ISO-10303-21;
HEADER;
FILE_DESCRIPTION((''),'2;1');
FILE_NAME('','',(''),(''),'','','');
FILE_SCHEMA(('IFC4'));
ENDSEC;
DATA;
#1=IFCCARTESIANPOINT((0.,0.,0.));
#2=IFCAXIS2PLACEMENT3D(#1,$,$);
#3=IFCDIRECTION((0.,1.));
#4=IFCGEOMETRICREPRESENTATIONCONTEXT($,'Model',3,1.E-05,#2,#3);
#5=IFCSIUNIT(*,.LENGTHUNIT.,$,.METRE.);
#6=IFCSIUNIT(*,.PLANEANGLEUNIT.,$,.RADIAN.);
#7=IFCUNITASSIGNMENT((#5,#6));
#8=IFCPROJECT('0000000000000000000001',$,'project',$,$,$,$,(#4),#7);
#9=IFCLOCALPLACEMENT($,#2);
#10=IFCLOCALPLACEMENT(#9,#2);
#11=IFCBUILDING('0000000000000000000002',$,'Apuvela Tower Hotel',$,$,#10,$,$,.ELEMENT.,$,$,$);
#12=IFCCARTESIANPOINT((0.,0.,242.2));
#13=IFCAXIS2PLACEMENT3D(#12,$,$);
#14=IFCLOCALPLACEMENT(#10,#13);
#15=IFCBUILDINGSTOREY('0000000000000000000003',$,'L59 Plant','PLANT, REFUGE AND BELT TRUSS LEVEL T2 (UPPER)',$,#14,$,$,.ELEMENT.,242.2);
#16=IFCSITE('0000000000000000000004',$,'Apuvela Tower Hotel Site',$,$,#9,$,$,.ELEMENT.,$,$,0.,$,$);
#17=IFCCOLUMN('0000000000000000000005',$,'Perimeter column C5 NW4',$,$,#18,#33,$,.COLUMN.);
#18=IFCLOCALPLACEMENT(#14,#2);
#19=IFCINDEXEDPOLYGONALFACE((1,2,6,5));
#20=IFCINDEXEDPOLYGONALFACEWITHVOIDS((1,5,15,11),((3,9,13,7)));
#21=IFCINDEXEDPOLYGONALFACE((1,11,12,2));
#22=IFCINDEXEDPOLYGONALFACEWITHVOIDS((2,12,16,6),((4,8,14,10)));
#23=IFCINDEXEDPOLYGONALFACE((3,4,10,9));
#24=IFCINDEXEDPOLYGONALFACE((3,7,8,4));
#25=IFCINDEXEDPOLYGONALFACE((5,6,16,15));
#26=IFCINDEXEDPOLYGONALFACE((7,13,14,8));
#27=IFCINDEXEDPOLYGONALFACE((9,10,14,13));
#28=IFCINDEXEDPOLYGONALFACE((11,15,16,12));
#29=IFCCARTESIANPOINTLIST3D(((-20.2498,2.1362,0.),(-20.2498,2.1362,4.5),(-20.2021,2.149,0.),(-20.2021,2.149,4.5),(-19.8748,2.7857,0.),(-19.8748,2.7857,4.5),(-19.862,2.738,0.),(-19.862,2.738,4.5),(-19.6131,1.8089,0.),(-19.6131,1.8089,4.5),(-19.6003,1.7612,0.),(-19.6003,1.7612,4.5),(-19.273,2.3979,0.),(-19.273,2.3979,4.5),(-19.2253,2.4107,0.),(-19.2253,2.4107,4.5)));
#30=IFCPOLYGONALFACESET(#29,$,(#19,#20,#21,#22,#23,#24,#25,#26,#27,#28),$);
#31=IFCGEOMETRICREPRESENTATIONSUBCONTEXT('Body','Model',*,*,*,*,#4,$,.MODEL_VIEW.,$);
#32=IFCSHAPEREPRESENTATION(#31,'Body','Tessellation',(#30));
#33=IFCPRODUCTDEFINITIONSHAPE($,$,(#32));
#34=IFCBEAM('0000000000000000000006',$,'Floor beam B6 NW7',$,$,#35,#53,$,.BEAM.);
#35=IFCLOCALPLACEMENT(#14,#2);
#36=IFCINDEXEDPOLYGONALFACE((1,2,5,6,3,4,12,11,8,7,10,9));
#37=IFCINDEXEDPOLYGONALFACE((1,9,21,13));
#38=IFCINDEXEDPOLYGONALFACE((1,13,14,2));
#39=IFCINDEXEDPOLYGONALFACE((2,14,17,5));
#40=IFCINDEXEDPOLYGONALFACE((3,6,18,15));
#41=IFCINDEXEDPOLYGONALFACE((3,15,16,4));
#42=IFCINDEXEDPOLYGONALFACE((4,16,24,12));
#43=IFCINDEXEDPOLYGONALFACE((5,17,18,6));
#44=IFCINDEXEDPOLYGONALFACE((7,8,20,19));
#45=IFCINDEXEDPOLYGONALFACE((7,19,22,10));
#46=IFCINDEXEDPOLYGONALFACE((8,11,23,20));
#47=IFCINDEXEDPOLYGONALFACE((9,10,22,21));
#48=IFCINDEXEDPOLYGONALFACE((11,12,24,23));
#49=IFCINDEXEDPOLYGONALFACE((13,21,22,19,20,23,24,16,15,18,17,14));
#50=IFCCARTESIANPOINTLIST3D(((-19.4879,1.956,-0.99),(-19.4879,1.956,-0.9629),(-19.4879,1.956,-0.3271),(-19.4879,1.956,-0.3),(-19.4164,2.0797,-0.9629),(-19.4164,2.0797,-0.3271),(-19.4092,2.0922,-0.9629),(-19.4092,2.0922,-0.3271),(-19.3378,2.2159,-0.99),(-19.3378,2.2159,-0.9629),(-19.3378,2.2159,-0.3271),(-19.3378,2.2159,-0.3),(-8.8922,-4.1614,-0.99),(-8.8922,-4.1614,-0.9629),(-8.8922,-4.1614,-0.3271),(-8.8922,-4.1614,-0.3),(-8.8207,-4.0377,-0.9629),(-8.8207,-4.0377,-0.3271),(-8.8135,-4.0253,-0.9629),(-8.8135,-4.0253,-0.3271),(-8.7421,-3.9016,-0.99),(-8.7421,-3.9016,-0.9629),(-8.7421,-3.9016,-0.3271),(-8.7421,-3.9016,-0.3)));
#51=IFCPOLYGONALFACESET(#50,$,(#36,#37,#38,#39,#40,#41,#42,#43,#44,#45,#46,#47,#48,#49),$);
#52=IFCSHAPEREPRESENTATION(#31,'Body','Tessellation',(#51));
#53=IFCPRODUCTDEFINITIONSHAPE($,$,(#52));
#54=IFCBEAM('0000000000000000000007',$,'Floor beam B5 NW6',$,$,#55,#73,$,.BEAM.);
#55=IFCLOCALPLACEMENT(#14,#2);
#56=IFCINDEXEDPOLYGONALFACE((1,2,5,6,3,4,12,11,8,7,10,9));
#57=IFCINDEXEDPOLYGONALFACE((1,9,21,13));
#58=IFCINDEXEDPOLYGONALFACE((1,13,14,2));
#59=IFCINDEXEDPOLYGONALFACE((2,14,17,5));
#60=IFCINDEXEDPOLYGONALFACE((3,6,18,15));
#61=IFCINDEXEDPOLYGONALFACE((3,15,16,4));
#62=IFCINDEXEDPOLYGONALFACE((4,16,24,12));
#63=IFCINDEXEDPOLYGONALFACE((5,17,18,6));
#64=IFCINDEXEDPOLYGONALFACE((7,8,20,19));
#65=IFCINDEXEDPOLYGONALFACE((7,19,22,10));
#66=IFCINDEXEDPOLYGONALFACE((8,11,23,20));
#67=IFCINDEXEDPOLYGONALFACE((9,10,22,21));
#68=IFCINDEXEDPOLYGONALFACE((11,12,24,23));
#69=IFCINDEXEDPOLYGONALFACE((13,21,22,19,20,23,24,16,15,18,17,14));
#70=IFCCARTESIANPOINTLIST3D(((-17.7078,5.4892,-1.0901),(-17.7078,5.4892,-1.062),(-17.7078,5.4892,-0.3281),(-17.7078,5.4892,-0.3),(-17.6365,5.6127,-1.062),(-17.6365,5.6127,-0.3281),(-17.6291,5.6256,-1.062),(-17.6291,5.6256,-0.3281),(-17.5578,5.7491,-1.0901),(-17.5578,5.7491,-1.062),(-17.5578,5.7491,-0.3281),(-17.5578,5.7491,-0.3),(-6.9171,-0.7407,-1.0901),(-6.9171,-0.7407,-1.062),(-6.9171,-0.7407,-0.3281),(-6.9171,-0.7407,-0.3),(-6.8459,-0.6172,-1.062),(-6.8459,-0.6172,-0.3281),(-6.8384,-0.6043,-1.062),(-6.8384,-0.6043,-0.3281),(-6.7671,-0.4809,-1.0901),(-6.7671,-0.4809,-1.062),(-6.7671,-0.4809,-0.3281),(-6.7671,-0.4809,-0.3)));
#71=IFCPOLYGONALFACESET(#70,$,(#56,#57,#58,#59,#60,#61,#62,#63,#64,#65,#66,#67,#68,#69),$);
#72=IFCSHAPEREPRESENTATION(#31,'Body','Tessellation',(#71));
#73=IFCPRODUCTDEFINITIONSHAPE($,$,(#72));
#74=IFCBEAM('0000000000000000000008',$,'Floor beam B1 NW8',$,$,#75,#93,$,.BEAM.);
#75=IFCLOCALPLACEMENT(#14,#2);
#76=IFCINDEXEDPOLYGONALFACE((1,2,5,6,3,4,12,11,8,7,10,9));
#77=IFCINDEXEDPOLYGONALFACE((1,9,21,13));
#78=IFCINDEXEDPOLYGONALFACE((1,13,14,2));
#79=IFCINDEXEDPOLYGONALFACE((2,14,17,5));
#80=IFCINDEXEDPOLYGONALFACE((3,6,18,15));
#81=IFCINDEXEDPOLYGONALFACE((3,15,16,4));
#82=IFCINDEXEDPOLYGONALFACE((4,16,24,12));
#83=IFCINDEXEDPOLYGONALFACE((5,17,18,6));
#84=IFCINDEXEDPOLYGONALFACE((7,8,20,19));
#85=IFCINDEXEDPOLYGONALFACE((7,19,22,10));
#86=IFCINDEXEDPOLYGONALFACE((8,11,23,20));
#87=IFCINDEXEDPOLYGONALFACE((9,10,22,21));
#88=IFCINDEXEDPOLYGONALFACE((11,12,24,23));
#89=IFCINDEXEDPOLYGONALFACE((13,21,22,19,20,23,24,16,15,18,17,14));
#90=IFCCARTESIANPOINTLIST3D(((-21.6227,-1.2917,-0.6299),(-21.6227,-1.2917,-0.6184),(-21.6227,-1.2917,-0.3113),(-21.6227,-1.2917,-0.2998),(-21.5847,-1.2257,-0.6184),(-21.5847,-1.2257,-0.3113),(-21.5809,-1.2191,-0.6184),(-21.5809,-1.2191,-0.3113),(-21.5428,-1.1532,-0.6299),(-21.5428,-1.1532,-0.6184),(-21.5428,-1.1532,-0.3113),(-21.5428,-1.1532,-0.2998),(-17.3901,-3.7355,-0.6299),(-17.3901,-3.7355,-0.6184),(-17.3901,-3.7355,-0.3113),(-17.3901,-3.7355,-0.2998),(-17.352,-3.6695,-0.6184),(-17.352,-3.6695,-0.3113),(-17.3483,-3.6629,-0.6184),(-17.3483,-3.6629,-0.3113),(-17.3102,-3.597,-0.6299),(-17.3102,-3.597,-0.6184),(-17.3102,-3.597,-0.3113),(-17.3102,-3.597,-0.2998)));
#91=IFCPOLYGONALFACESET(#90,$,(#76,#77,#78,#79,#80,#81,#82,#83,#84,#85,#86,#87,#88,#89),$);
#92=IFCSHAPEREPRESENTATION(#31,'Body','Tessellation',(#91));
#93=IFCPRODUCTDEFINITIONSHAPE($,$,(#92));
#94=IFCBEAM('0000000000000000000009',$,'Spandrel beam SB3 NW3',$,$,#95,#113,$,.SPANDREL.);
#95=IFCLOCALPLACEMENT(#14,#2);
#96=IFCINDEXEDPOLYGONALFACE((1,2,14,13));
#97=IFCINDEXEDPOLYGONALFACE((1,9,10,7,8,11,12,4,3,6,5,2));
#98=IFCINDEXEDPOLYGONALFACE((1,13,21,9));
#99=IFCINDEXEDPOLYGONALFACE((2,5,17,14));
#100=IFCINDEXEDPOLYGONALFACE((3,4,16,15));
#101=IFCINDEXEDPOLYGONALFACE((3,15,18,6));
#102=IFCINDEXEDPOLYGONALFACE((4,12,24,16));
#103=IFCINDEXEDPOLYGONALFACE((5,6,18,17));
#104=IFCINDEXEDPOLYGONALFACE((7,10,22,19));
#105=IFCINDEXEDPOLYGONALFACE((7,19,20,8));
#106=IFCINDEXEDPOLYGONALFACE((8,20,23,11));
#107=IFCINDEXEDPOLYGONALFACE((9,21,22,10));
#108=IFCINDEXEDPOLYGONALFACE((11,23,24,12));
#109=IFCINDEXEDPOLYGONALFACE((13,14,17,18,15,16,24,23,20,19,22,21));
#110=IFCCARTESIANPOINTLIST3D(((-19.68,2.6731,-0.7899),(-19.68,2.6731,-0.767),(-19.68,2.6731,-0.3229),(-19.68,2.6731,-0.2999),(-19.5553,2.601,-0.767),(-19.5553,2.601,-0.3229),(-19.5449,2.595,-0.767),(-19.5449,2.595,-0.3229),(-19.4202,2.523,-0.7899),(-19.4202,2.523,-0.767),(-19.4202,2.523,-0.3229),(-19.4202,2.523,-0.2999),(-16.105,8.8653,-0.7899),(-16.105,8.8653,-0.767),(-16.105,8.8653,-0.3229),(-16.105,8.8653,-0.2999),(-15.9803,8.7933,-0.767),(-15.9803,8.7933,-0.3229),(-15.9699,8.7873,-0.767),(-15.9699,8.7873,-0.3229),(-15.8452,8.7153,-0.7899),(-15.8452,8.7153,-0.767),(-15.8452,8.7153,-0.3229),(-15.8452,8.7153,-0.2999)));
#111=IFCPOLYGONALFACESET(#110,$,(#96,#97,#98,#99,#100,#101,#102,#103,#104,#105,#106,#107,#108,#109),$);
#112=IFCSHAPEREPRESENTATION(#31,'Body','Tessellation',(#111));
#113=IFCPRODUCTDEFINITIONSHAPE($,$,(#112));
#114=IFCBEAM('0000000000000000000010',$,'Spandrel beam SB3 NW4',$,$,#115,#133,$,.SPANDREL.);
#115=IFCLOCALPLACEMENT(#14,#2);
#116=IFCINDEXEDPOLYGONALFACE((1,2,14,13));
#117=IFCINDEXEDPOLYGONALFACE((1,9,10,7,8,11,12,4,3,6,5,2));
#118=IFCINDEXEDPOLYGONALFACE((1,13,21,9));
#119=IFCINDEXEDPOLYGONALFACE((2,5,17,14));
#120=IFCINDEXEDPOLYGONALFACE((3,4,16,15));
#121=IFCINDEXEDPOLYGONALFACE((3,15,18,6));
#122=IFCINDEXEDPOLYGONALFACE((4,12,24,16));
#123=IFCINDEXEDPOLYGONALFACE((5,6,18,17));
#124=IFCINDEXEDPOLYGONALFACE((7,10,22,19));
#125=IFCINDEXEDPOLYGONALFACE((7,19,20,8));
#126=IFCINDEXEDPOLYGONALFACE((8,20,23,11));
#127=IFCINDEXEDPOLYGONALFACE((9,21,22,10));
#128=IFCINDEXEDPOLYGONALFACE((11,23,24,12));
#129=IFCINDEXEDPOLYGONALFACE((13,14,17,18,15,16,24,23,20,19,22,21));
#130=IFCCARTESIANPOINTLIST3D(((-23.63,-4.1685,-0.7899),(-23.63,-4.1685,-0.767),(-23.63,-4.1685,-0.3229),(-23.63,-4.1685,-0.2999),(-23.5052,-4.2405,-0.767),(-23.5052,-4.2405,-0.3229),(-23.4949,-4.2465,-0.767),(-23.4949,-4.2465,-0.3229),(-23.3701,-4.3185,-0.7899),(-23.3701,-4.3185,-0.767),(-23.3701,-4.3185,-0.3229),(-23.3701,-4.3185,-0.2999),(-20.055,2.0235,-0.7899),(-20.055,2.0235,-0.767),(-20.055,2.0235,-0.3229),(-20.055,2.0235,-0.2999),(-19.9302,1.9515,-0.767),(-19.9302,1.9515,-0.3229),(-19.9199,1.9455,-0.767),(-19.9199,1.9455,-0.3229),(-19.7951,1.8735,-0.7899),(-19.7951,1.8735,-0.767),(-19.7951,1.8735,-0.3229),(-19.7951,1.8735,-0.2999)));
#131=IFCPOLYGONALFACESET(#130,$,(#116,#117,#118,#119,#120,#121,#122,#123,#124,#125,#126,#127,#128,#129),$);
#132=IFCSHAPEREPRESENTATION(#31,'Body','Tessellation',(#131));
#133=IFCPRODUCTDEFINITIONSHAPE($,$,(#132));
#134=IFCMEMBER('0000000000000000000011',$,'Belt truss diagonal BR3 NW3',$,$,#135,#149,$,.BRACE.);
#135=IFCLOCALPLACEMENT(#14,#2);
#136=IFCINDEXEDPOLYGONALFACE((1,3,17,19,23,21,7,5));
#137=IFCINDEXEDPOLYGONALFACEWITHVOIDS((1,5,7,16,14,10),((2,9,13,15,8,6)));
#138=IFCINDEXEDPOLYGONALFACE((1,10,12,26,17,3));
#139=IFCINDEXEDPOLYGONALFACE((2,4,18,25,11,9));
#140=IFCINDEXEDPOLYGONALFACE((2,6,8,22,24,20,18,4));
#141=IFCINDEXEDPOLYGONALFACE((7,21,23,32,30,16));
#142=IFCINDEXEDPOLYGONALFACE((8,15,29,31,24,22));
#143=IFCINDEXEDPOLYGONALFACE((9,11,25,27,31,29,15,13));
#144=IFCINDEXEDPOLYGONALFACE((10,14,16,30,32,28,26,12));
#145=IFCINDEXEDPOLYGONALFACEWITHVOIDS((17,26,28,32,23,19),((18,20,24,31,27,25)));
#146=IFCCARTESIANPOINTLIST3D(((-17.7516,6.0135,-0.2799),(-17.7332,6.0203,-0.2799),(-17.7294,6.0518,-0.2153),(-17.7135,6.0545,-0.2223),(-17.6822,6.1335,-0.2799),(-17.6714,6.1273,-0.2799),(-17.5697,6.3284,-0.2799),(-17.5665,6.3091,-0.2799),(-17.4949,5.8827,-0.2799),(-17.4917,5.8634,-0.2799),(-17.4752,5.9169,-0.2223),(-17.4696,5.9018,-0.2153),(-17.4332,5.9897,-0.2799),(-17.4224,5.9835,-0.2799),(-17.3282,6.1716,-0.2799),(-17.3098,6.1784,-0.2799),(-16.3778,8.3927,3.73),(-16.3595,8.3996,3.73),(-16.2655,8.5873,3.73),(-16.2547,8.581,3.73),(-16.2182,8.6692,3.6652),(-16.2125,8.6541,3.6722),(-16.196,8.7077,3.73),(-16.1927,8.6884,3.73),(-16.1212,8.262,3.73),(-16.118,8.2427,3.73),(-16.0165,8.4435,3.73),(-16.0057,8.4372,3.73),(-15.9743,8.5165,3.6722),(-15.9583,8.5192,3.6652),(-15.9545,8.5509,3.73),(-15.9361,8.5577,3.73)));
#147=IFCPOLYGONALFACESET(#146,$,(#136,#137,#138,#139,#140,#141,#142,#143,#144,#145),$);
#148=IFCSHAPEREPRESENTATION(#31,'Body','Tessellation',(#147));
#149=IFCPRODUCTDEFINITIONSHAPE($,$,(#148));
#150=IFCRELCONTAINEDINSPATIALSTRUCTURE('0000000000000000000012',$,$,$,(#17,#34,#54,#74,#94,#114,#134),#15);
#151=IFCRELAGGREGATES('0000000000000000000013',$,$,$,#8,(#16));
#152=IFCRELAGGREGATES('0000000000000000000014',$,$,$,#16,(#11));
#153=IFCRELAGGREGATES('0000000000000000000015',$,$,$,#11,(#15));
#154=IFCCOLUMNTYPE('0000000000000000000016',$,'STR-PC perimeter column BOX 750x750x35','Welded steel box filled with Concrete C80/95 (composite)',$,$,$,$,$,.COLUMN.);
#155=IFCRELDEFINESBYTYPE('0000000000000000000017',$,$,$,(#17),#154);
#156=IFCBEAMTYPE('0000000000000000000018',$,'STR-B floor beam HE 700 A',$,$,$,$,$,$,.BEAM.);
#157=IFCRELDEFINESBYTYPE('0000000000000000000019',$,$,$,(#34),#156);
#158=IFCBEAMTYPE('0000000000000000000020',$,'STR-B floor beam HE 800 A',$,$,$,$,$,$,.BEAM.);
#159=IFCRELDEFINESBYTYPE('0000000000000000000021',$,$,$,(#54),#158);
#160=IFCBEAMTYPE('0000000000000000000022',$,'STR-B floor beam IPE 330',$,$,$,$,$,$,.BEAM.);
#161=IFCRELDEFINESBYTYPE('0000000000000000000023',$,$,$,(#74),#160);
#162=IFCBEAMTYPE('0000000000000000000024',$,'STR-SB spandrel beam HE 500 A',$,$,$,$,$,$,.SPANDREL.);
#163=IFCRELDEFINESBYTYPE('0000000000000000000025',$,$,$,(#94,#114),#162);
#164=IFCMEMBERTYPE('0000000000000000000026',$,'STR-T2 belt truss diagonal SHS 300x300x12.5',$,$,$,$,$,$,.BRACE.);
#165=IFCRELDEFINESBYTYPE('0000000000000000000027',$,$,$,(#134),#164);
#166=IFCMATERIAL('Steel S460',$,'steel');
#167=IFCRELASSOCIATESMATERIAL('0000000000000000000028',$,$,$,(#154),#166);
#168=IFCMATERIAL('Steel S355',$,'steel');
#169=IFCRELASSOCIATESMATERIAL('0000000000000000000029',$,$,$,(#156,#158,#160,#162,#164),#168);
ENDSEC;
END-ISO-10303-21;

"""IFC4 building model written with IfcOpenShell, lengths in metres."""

from ifc_helpers import new_model, si_unit, direction, frame, origin, origin_2d, place, context, subcontext, project, spatial, rectangle, hollow_rectangle, i_section, extrude, boolean, halfspace, material, material_profile, profile_set, type_object, element, save


model = new_model("IFC4")

# Units and contexts
model_context = context("Model", 3, precision=1e-05, world=origin(), true_north=direction((0.0, 1.0)))
body_context = subcontext(model_context, "Body", "Model", "MODEL_VIEW")
ifc_project = project(units=[si_unit("LENGTHUNIT", "METRE"), si_unit("PLANEANGLEUNIT", "RADIAN")], contexts=[model_context])

# Site, building, storey
site_placement = place(None, origin())
site = spatial("IfcSite", under=ifc_project, at=site_placement, Name="Apuvela Tower Hotel Site", CompositionType="ELEMENT", RefElevation=0.0)
building_placement = place(site_placement, origin())
building = spatial("IfcBuilding", under=site, at=building_placement, Name="Apuvela Tower Hotel", CompositionType="ELEMENT")
storey_placement = place(building_placement, frame((0.0, 0.0, 242.2)))
storey = spatial("IfcBuildingStorey", under=building, at=storey_placement, Name="L59 Plant", Description="PLANT, REFUGE AND BELT TRUSS LEVEL T2 (UPPER)", CompositionType="ELEMENT", Elevation=242.2)

# Column
ifc_material_1 = material(Name="Steel S460", Category="steel")
ifc_material_profile_1 = material_profile(ifc_material_1, hollow_rectangle(XDim=0.75, YDim=0.75, WallThickness=0.0349, at=origin_2d()), Name="BOX 750x750x35")
ifc_material_2 = material(Name="Concrete C80/95", Category="concrete")
ifc_material_profile_2 = material_profile(ifc_material_2, rectangle(XDim=0.6799, YDim=0.6799, at=origin_2d()), Name="Concrete C80/95 infill")
ifc_profile_set_1 = profile_set([ifc_material_profile_1, ifc_material_profile_2], Name="Steel S460")
column_type = type_object("IfcColumnType", Name="STR-PC perimeter column BOX 750x750x35", Description="Welded steel box filled with Concrete C80/95 (composite)", PredefinedType="COLUMN", material=ifc_profile_set_1)
column_placement = place(storey_placement, frame((-19.7375, 2.2734, 0.0), z_axis=(0.0, 0.0, 1.0), x_axis=(0.5, 0.866025, 0.0)))
element("IfcColumn", 1, at=column_placement, inside=storey, type_object=column_type, Name="Perimeter column C5 NW4", PredefinedType="COLUMN", context=body_context, shape_type="SweptSolid", body=[
    extrude(hollow_rectangle(XDim=0.75, YDim=0.75, WallThickness=0.0349, at=origin_2d()), origin(), (0.0, 0.0, 1.0), 4.5),
])

# Beams
ifc_material_3 = material(Name="Steel S355", Category="steel")
ifc_material_profile_3 = material_profile(ifc_material_3, i_section(OverallWidth=0.3, OverallDepth=0.6899, WebThickness=0.0144, FlangeThickness=0.0271, at=origin_2d()), Name="HE 700 A")
ifc_profile_set_2 = profile_set([ifc_material_profile_3], Name="Steel S355")
beam_type_1 = type_object("IfcBeamType", Name="STR-B floor beam HE 700 A", PredefinedType="BEAM", material=ifc_profile_set_2)
beam_1_placement = place(storey_placement, frame((-19.4128, 2.0859, -0.645), z_axis=(0.866025, -0.5, 0.0), x_axis=(0.5, 0.866025, 0.0)))
element("IfcBeam", 2, at=beam_1_placement, inside=storey, type_object=beam_type_1, Name="Floor beam B6 NW7", PredefinedType="BEAM", context=body_context, shape_type="SweptSolid", body=[
    extrude(i_section(OverallWidth=0.3, OverallDepth=0.6899, WebThickness=0.0144, FlangeThickness=0.0271, at=origin_2d()), origin(), (0.0, 0.0, 1.0), 12.2349),
])
ifc_material_profile_4 = material_profile(ifc_material_3, i_section(OverallWidth=0.3, OverallDepth=0.79, WebThickness=0.0149, FlangeThickness=0.0281, at=origin_2d()), Name="HE 800 A")
ifc_profile_set_3 = profile_set([ifc_material_profile_4], Name="Steel S355")
beam_type_2 = type_object("IfcBeamType", Name="STR-B floor beam HE 800 A", PredefinedType="BEAM", material=ifc_profile_set_3)
beam_2_placement = place(storey_placement, frame((-17.6328, 5.6191, -0.6951), z_axis=(0.866028, -0.499996, 0.0), x_axis=(0.499996, 0.866028, 0.0)))
element("IfcBeam", 3, at=beam_2_placement, inside=storey, type_object=beam_type_2, Name="Floor beam B5 NW6", PredefinedType="BEAM", context=body_context, shape_type="SweptSolid", body=[
    extrude(i_section(OverallWidth=0.3, OverallDepth=0.79, WebThickness=0.0149, FlangeThickness=0.0281, at=origin_2d()), origin(), (0.0, 0.0, 1.0), 12.46),
])
ifc_material_profile_5 = material_profile(ifc_material_3, i_section(OverallWidth=0.1599, OverallDepth=0.3301, WebThickness=0.0076, FlangeThickness=0.0115, at=origin_2d()), Name="IPE 330")
ifc_profile_set_4 = profile_set([ifc_material_profile_5], Name="Steel S355")
beam_type_3 = type_object("IfcBeamType", Name="STR-B floor beam IPE 330", PredefinedType="BEAM", material=ifc_profile_set_4)
beam_3_placement = place(storey_placement, frame((-21.5828, -1.2224, -0.4648), z_axis=(0.866015, -0.500018, 0.0), x_axis=(0.500018, 0.866015, 0.0)))
element("IfcBeam", 4, at=beam_3_placement, inside=storey, type_object=beam_type_3, Name="Floor beam B1 NW8", PredefinedType="BEAM", context=body_context, shape_type="SweptSolid", body=[
    extrude(i_section(OverallWidth=0.1599, OverallDepth=0.3301, WebThickness=0.0076, FlangeThickness=0.0115, at=origin_2d()), origin(), (0.0, 0.0, 1.0), 4.8875),
])
ifc_material_profile_6 = material_profile(ifc_material_3, i_section(OverallWidth=0.3, OverallDepth=0.49, WebThickness=0.012, FlangeThickness=0.0229, at=origin_2d()), Name="HE 500 A")
ifc_profile_set_5 = profile_set([ifc_material_profile_6], Name="Steel S355")
beam_type_4 = type_object("IfcBeamType", Name="STR-SB spandrel beam HE 500 A", PredefinedType="SPANDREL", material=ifc_profile_set_5)
beam_4_placement = place(storey_placement, frame((-15.9751, 8.7903, -0.5449), z_axis=(-0.499991, -0.86603, 0.0), x_axis=(0.86603, -0.499991, 0.0)))
element("IfcBeam", 5, at=beam_4_placement, inside=storey, type_object=beam_type_4, Name="Spandrel beam SB3 NW3", PredefinedType="SPANDREL", context=body_context, shape_type="SweptSolid", body=[
    extrude(i_section(OverallWidth=0.3, OverallDepth=0.49, WebThickness=0.012, FlangeThickness=0.0229, at=origin_2d()), origin(), (0.0, 0.0, 1.0), 7.1501),
])
beam_5_placement = place(storey_placement, frame((-19.925, 1.9485, -0.5449), z_axis=(-0.500006, -0.866022, 0.0), x_axis=(0.866022, -0.500006, 0.0)))
element("IfcBeam", 6, at=beam_5_placement, inside=storey, type_object=beam_type_4, Name="Spandrel beam SB3 NW4", PredefinedType="SPANDREL", context=body_context, shape_type="SweptSolid", body=[
    extrude(i_section(OverallWidth=0.3, OverallDepth=0.49, WebThickness=0.012, FlangeThickness=0.0229, at=origin_2d()), origin(), (0.0, 0.0, 1.0), 7.1499),
])

# Member
ifc_material_profile_7 = material_profile(ifc_material_3, hollow_rectangle(XDim=0.3, YDim=0.3, WallThickness=0.0125, at=origin_2d()), Name="SHS 300x300x12.5")
ifc_profile_set_6 = profile_set([ifc_material_profile_7], Name="Steel S355")
member_type = type_object("IfcMemberType", Name="STR-T2 belt truss diagonal SHS 300x300x12.5", PredefinedType="BRACE", material=ifc_profile_set_6)
member_1_placement = place(storey_placement, frame((-17.5376, 6.084, -0.3), z_axis=(0.282608, 0.48948, 0.82495), x_axis=(-0.412483, -0.714423, 0.565206)))
solid_1 = boolean("DIFFERENCE", boolean("DIFFERENCE", extrude(hollow_rectangle(XDim=0.3, YDim=0.3, WallThickness=0.0125, at=origin_2d()), frame((0.0, 0.0, -0.2229)), (0.0, 0.0, 1.0), 5.355), halfspace(frame((0.0, 0.0, 0.0244), z_axis=(0.565206, 0.0, 0.82495), x_axis=(0.82495, 0.0, -0.565206)), True)), halfspace(frame((0.0, 0.0, 4.8853), z_axis=(0.565206, 0.0, 0.82495), x_axis=(0.82495, 0.0, -0.565206)), False))
element("IfcMember", 7, at=member_1_placement, inside=storey, type_object=member_type, Name="Belt truss diagonal BR3 NW3", PredefinedType="BRACE", context=body_context, shape_type="SweptSolid", body=[
    boolean("UNION", boolean("DIFFERENCE", boolean("DIFFERENCE", extrude(hollow_rectangle(XDim=0.3, YDim=0.3, WallThickness=0.0125, at=origin_2d()), origin(), (0.0, 0.0, 1.0), 4.9094), halfspace(frame((0.0, 0.0, 0.0244), z_axis=(0.565206, 0.0, 0.82495), x_axis=(0.82495, 0.0, -0.565206)), True)), halfspace(frame((0.0, 0.0, 4.8853), z_axis=(0.565206, 0.0, 0.82495), x_axis=(0.82495, 0.0, -0.565206)), False)), solid_1),
])

save(model, "model.ifc")
